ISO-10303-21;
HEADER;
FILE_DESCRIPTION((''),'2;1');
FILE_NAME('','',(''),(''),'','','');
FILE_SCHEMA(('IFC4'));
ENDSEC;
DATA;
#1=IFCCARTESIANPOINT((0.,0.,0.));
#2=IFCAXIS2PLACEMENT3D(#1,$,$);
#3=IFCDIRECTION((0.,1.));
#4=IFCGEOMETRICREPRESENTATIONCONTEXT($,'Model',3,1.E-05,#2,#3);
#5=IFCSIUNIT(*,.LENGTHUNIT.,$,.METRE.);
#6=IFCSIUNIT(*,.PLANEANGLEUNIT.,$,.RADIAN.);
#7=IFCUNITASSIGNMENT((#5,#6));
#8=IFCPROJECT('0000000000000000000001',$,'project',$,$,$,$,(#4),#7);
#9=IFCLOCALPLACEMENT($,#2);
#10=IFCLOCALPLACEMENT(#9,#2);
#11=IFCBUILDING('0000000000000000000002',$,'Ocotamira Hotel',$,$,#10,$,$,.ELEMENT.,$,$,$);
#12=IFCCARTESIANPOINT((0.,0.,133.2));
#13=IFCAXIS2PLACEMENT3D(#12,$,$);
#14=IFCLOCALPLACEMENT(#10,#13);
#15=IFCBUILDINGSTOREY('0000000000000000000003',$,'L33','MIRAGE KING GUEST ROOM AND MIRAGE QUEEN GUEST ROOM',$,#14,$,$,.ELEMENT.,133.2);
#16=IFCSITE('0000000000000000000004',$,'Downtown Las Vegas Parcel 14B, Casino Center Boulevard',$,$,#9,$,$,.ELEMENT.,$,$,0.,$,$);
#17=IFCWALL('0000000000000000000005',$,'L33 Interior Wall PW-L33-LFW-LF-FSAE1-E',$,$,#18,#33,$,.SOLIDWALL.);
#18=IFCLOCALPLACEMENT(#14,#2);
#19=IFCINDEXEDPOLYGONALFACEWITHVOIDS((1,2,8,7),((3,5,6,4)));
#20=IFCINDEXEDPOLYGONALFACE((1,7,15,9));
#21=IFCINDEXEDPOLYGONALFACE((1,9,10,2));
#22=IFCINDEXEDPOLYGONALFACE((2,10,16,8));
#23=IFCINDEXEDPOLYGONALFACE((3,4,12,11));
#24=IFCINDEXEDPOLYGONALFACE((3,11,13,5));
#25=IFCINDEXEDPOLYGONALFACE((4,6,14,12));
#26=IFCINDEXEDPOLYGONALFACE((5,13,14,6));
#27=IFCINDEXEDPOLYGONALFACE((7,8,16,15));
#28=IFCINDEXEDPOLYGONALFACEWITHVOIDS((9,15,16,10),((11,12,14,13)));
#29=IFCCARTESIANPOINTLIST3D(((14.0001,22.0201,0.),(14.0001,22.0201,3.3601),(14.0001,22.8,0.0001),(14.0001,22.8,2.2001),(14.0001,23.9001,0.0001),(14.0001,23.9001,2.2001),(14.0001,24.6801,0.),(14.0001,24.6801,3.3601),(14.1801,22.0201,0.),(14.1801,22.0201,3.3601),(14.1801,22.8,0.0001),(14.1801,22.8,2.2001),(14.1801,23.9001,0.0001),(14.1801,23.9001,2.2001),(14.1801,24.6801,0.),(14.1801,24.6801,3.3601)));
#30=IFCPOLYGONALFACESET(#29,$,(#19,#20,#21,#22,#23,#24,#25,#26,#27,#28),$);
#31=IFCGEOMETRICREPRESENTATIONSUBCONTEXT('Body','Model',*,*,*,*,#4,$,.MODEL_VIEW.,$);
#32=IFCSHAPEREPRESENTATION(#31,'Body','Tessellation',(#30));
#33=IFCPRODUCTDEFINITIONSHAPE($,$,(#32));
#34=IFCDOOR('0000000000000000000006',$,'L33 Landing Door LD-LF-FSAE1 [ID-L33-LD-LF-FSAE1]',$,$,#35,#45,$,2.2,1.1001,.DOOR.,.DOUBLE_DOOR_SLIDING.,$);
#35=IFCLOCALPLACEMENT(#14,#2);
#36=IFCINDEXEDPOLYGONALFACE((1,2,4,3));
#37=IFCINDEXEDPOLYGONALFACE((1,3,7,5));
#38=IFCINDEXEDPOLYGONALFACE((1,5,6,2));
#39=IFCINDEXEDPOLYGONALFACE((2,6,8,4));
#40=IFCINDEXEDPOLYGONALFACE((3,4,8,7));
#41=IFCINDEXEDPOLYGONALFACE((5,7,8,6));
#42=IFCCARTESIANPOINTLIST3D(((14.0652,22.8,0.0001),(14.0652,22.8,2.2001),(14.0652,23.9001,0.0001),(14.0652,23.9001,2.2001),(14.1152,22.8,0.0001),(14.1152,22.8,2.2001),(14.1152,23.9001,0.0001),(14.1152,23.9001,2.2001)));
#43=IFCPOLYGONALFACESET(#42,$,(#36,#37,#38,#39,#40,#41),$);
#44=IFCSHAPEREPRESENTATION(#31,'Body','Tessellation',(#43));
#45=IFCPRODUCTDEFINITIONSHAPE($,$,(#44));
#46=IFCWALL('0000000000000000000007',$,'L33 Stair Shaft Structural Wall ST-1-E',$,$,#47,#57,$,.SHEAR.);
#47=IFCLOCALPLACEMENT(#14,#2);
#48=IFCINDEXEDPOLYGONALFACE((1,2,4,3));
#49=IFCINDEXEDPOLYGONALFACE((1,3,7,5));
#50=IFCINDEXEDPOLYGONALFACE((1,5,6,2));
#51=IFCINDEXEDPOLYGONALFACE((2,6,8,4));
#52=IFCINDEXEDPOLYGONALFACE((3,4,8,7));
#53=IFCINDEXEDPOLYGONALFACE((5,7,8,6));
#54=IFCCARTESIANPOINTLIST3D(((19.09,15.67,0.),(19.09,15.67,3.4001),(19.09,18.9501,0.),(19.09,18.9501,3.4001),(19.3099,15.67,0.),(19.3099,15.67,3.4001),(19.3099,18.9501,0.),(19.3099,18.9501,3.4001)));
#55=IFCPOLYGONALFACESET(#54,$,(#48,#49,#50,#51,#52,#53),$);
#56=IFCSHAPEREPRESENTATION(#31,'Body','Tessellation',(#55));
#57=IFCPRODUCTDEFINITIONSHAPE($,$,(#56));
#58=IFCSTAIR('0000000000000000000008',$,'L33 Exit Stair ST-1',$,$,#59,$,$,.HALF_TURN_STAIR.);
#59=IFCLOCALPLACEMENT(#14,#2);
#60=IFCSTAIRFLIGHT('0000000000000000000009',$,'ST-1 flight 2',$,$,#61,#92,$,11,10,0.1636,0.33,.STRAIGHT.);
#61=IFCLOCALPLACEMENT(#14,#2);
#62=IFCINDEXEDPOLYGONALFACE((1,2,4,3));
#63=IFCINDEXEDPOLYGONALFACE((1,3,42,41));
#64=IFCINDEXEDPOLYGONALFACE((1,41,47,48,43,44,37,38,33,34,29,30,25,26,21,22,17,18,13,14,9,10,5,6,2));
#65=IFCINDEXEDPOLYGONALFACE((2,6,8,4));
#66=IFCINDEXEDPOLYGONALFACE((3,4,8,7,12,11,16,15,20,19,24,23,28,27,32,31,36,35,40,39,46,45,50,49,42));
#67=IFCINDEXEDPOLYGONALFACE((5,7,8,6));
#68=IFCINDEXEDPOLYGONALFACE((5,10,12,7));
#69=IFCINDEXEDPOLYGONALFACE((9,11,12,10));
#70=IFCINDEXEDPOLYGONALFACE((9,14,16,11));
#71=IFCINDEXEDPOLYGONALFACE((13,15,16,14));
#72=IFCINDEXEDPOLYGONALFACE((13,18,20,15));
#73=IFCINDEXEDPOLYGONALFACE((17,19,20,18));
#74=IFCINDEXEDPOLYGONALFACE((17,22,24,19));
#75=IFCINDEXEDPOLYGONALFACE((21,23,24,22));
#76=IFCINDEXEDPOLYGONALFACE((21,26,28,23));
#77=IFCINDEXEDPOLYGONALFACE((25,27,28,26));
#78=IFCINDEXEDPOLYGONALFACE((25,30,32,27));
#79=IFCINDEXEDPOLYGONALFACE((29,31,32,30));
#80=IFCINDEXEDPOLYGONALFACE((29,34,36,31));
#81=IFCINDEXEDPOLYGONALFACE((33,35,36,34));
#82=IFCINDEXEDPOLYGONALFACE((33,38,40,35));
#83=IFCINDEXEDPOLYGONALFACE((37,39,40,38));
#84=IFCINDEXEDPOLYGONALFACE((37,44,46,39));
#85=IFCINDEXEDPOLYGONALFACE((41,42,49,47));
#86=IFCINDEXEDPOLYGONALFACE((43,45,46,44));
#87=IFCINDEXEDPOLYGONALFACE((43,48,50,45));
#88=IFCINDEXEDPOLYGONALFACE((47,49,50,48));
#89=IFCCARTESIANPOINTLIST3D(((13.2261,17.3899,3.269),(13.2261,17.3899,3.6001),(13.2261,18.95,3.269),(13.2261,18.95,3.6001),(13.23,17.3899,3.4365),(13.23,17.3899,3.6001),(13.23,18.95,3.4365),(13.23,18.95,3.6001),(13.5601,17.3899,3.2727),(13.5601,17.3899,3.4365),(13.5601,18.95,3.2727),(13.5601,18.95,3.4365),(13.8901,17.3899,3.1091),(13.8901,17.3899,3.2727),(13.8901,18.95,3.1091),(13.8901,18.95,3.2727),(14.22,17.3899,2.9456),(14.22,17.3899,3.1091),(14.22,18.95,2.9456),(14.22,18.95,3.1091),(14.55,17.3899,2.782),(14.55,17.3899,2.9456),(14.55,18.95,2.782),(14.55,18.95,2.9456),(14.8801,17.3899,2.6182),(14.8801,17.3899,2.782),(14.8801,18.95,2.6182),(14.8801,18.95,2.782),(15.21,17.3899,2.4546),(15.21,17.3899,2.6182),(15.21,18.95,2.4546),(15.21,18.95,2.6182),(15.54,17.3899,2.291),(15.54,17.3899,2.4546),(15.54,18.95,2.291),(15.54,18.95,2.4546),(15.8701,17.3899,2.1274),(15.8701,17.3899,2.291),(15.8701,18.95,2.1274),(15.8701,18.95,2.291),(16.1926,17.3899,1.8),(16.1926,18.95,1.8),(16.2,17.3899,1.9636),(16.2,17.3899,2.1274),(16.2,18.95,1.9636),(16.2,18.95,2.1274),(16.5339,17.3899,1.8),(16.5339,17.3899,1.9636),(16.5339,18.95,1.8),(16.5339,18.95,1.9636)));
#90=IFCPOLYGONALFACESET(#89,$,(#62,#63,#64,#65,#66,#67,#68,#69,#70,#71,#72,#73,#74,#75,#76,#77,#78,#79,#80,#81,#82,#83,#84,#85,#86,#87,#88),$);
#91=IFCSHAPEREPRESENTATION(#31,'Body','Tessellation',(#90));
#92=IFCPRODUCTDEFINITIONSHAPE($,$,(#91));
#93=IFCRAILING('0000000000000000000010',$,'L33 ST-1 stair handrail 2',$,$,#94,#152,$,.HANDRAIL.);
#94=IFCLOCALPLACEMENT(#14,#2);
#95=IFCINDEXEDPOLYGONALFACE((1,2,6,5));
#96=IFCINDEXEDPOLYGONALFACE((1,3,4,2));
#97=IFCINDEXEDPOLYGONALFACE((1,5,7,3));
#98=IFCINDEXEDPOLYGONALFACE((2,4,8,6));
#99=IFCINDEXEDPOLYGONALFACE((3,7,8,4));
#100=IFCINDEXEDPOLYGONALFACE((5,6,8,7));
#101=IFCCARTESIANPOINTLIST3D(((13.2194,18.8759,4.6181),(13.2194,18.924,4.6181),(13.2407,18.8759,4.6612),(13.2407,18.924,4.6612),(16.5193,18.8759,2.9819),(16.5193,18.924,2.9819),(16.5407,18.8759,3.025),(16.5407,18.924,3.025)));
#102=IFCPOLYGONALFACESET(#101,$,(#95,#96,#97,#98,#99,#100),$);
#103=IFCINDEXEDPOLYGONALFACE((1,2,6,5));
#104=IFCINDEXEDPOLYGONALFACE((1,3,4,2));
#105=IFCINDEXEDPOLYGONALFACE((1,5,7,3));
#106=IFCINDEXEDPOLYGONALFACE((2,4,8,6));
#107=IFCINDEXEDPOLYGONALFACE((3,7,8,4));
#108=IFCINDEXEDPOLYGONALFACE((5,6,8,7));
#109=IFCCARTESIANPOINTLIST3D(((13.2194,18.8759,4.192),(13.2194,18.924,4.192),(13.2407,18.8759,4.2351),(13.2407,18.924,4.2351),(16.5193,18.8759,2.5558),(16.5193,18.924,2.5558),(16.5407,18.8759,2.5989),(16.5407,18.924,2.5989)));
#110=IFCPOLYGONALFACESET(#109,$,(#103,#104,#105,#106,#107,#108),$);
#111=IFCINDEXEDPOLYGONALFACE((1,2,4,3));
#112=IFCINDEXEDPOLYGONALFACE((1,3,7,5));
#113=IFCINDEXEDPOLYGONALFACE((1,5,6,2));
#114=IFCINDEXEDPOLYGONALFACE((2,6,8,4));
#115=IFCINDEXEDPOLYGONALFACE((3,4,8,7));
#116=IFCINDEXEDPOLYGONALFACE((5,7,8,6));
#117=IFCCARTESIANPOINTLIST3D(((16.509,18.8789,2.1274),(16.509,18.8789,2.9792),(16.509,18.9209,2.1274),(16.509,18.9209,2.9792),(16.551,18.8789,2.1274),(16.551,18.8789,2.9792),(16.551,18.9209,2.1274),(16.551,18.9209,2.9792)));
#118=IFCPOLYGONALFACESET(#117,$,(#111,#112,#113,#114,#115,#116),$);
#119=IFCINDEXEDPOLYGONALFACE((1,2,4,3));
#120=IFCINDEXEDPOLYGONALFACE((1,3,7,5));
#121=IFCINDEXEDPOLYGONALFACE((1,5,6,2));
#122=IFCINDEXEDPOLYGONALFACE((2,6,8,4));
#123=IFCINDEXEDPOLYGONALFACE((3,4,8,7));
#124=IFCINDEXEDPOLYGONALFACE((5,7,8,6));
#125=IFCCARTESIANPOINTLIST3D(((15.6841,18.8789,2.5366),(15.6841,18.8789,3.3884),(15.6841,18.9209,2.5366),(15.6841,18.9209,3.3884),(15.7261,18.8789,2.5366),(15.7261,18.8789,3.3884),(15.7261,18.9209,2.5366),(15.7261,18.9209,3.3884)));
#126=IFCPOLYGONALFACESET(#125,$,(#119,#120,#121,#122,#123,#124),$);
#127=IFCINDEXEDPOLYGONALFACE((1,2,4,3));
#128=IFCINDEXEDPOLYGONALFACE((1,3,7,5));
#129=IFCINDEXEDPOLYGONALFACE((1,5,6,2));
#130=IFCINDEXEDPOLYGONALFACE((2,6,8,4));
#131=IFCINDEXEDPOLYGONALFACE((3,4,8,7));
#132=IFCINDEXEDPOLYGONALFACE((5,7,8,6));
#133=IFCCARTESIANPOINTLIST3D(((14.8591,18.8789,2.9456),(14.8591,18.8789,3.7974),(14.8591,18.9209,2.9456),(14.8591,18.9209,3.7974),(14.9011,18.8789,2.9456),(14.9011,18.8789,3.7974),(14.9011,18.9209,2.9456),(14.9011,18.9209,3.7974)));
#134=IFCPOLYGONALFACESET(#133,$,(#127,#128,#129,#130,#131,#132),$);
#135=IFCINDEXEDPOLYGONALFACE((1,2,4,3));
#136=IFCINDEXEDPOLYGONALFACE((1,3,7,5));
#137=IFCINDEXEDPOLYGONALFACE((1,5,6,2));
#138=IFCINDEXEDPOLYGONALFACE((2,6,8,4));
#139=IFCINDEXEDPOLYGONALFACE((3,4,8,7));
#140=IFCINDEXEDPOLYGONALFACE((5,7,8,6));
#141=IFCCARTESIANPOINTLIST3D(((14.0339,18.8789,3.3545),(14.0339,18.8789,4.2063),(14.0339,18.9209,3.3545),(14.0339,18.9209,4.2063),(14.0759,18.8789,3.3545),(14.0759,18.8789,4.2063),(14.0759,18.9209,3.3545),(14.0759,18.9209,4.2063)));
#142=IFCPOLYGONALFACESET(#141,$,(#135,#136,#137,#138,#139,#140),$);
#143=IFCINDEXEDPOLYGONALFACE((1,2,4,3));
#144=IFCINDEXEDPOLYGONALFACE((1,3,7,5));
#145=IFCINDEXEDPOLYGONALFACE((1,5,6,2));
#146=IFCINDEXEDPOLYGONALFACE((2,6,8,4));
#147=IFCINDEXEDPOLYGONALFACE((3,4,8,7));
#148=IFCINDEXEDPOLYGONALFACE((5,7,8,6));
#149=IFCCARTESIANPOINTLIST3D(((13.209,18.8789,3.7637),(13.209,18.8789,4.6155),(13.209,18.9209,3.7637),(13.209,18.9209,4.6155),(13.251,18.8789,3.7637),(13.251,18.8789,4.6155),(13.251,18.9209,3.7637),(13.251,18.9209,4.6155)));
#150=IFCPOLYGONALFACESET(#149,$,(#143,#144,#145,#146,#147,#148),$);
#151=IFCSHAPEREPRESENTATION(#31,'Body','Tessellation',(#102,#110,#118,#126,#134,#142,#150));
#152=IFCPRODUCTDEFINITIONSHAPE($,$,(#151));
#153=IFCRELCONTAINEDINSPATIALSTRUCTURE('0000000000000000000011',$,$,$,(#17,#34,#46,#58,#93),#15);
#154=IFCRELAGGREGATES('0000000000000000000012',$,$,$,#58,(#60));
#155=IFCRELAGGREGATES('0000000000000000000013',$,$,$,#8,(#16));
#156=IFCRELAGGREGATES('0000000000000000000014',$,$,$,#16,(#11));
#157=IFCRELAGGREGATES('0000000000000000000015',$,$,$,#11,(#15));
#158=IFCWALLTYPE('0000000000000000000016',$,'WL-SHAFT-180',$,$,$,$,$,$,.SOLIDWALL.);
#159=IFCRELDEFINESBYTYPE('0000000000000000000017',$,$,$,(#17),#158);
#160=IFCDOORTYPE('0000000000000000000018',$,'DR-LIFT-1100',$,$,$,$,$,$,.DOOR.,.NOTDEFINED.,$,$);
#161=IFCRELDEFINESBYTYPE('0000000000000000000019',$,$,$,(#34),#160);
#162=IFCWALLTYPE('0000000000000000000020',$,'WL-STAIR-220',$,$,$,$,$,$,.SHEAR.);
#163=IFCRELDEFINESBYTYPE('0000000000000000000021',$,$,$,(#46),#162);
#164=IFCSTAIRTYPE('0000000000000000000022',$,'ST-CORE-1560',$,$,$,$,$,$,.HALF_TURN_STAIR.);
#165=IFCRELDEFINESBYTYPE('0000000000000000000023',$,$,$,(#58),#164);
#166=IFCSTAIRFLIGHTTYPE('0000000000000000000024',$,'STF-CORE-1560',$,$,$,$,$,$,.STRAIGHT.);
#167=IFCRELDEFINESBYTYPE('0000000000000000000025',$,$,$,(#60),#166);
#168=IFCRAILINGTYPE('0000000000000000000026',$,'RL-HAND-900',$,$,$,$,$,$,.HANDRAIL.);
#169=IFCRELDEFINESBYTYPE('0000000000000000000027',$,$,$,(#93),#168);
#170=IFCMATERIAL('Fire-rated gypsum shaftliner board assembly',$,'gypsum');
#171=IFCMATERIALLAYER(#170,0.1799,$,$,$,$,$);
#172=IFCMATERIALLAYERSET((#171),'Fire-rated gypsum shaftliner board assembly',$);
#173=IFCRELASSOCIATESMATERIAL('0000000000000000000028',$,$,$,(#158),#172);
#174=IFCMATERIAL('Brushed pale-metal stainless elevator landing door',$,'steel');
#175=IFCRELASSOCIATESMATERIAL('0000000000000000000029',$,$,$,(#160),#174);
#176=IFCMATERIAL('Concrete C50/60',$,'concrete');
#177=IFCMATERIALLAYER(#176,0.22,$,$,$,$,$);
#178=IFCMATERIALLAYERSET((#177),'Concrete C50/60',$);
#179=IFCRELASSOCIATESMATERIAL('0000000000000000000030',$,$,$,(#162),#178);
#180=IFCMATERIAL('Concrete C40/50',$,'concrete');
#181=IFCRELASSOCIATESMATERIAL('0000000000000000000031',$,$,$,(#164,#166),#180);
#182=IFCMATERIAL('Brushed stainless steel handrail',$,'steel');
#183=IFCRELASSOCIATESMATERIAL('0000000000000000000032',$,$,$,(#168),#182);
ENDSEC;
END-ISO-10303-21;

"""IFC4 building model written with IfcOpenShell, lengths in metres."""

from ifc_helpers import new_model, si_unit, direction, frame, frame_2d, origin, origin_2d, place, context, subcontext, project, spatial, polyline, rectangle, outline, extrude, source, transform, mapped, material, layer, layer_set, type_object, element, fill, aggregate, save


model = new_model("IFC4")

# Units and contexts
model_context = context("Model", 3, precision=1e-05, world=origin(), true_north=direction((0.0, 1.0)))
body_context = subcontext(model_context, "Body", "Model", "MODEL_VIEW")
ifc_project = project(units=[si_unit("LENGTHUNIT", "METRE"), si_unit("PLANEANGLEUNIT", "RADIAN")], contexts=[model_context])

# Site, building, storey
site_placement = place(None, origin())
site = spatial("IfcSite", under=ifc_project, at=site_placement, Name="Downtown Las Vegas Parcel 14B, Casino Center Boulevard", CompositionType="ELEMENT", RefElevation=0.0)
building_placement = place(site_placement, origin())
building = spatial("IfcBuilding", under=site, at=building_placement, Name="Ocotamira Hotel", CompositionType="ELEMENT")
storey_placement = place(building_placement, frame((0.0, 0.0, 133.2)))
storey = spatial("IfcBuildingStorey", under=building, at=storey_placement, Name="L33", Description="MIRAGE KING GUEST ROOM AND MIRAGE QUEEN GUEST ROOM", CompositionType="ELEMENT", Elevation=133.2)

# Shared definitions
ifc_material_1 = material(Name="Fire-rated gypsum shaftliner board assembly", Category="gypsum")
ifc_layer_1 = layer(ifc_material_1, 0.1799)
ifc_layer_set_1 = layer_set([ifc_layer_1], Name="Fire-rated gypsum shaftliner board assembly")
wall_type_1 = type_object("IfcWallType", Name="WL-SHAFT-180", PredefinedType="SOLIDWALL", material=ifc_layer_set_1)

# Wall, opening, door
wall_1_placement = place(storey_placement, frame((14.0901, 22.02, 0.0), z_axis=(0.0, 0.0, 1.0), x_axis=(0.0, 1.0, 0.0)))
wall_1 = element("IfcWall", 1, at=wall_1_placement, inside=storey, type_object=wall_type_1, Name="L33 Interior Wall PW-L33-LFW-LF-FSAE1-E", PredefinedType="SOLIDWALL", context=body_context, shape_type="SweptSolid", body=[
    extrude(rectangle(XDim=2.6599, YDim=0.1799, at=frame_2d((1.3301, 0.0))), origin(), (0.0, 0.0, 1.0), 3.3601),
])
opening_1_placement = place(wall_1_placement, frame((0.78, 0.0, 0.0)))
opening_1 = element("IfcOpeningElement", 2, at=opening_1_placement, cuts=wall_1, PredefinedType="OPENING", context=body_context, shape_type="SweptSolid", body=[
    extrude(rectangle(XDim=1.1001, YDim=2.2, at=frame_2d((0.55, 1.1001))), frame((0.0, 0.1001, 0.0), z_axis=(0.0, -1.0, 0.0), x_axis=(1.0, 0.0, 0.0)), (0.0, 0.0, 1.0), 0.2),
])
ifc_material_2 = material(Name="Brushed pale-metal stainless elevator landing door", Category="steel")
door_type_1 = type_object("IfcDoorType", Name="DR-LIFT-1100", OperationType="NOTDEFINED", PredefinedType="DOOR", material=ifc_material_2)
shared_shape_1 = source(origin(), body_context, "Body", "SweptSolid", [
    extrude(rectangle(XDim=1.1001, YDim=2.2, at=frame_2d((0.55, 1.1001))), frame((0.0, 0.0249, 0.0), z_axis=(0.0, -1.0, 0.0), x_axis=(1.0, 0.0, 0.0)), (0.0, 0.0, 1.0), 0.05),
])
door_1_placement = place(opening_1_placement, origin())
door_1 = element("IfcDoor", 3, at=door_1_placement, inside=storey, type_object=door_type_1, Name="L33 Landing Door LD-LF-FSAE1 [ID-L33-LD-LF-FSAE1]", OperationType="DOUBLE_DOOR_SLIDING", OverallHeight=2.2, OverallWidth=1.1001, PredefinedType="DOOR", context=body_context, shape_type="MappedRepresentation", body=[
    mapped(shared_shape_1, transform((0.0, 0.0, 0.0), scale=1.0)),
])
fill(opening_1, door_1)

# Wall
ifc_material_3 = material(Name="Concrete C50/60", Category="concrete")
ifc_layer_2 = layer(ifc_material_3, 0.22)
ifc_layer_set_2 = layer_set([ifc_layer_2], Name="Concrete C50/60")
wall_type_2 = type_object("IfcWallType", Name="WL-STAIR-220", PredefinedType="SHEAR", material=ifc_layer_set_2)
wall_2_placement = place(storey_placement, frame((19.2, 15.6699, 0.0), z_axis=(0.0, 0.0, 1.0), x_axis=(0.0, 1.0, 0.0)))
element("IfcWall", 4, at=wall_2_placement, inside=storey, type_object=wall_type_2, Name="L33 Stair Shaft Structural Wall ST-1-E", PredefinedType="SHEAR", context=body_context, shape_type="SweptSolid", body=[
    extrude(rectangle(XDim=3.28, YDim=0.22, at=frame_2d((1.6401, 0.0))), origin(), (0.0, 0.0, 1.0), 3.4001),
])

# Stair, stair flight
ifc_material_4 = material(Name="Concrete C40/50", Category="concrete")
stair_type = type_object("IfcStairType", Name="ST-CORE-1560", PredefinedType="HALF_TURN_STAIR", material=ifc_material_4)
stair_placement = place(storey_placement, origin())
stair = element("IfcStair", 5, at=stair_placement, inside=storey, type_object=stair_type, Name="L33 Exit Stair ST-1", PredefinedType="HALF_TURN_STAIR")
stair_flight_type = type_object("IfcStairFlightType", Name="STF-CORE-1560", PredefinedType="STRAIGHT", material=ifc_material_4)
shared_shape_2 = source(origin(), body_context, "Body", "SweptSolid", [
    extrude(outline(polyline([(-0.0039, 0.0), (-0.0039, 0.1636), (0.3301, 0.1636), (0.3301, 0.3274), (0.6599, 0.3274), (0.6599, 0.491), (0.99, 0.491), (0.99, 0.6545), (1.3201, 0.6545), (1.3201, 0.8181), (1.6499, 0.8181), (1.6499, 0.9819), (1.98, 0.9819), (1.98, 1.1455), (2.3101, 1.1455), (2.3101, 1.3091), (2.6399, 1.3091), (2.6399, 1.4727), (2.97, 1.4727), (2.97, 1.6365), (3.3, 1.6365), (3.3, 1.8), (3.304, 1.8), (3.304, 1.469), (0.3374, 0.0), (-0.0039, 0.0)])), frame((0.0, 0.78, 0.0), z_axis=(0.0, -1.0, 0.0), x_axis=(1.0, 0.0, 0.0)), (0.0, 0.0, 1.0), 1.5601),
])
stair_flight_placement = place(storey_placement, frame((16.53, 18.1699, 1.8), z_axis=(0.0, 0.0, 1.0), x_axis=(-1.0, 0.0, 0.0)))
stair_flight = element("IfcStairFlight", 6, at=stair_flight_placement, type_object=stair_flight_type, Name="ST-1 flight 2", NumberOfRisers=11, NumberOfTreads=10, PredefinedType="STRAIGHT", RiserHeight=0.1636, TreadLength=0.33, context=body_context, shape_type="MappedRepresentation", body=[
    mapped(shared_shape_2, transform((0.0, 0.0, 0.0), scale=1.0)),
])
aggregate(stair, [stair_flight])

# Railing
ifc_material_5 = material(Name="Brushed stainless steel handrail", Category="steel")
railing_type_1 = type_object("IfcRailingType", Name="RL-HAND-900", PredefinedType="HANDRAIL", material=ifc_material_5)
railing_1_placement = place(storey_placement, frame((16.53, 18.8999, 2.1274)))
element("IfcRailing", 7, at=railing_1_placement, inside=storey, type_object=railing_type_1, Name="L33 ST-1 stair handrail 2", PredefinedType="HANDRAIL", context=body_context, shape_type="SweptSolid", body=[
    extrude(rectangle(XDim=0.0481, YDim=0.0481, at=origin_2d()), frame((0.0, 0.0, 0.876), z_axis=(-0.89592, 0.0, 0.444215), x_axis=(0.0, -1.0, 0.0)), (0.0, 0.0, 1.0), 3.6833),
    extrude(rectangle(XDim=0.0481, YDim=0.0481, at=origin_2d()), frame((0.0, 0.0, 0.45), z_axis=(-0.89592, 0.0, 0.444215), x_axis=(0.0, -1.0, 0.0)), (0.0, 0.0, 1.0), 3.6833),
    extrude(rectangle(XDim=0.042, YDim=0.042, at=origin_2d()), origin(), (0.0, 0.0, 1.0), 0.8518),
    extrude(rectangle(XDim=0.042, YDim=0.042, at=origin_2d()), frame((-0.825, 0.0, 0.4092)), (0.0, 0.0, 1.0), 0.8518),
    extrude(rectangle(XDim=0.042, YDim=0.042, at=origin_2d()), frame((-1.6499, 0.0, 0.8181)), (0.0, 0.0, 1.0), 0.8518),
    extrude(rectangle(XDim=0.042, YDim=0.042, at=origin_2d()), frame((-2.4751, 0.0, 1.2271)), (0.0, 0.0, 1.0), 0.8518),
    extrude(rectangle(XDim=0.042, YDim=0.042, at=origin_2d()), frame((-3.3, 0.0, 1.6362)), (0.0, 0.0, 1.0), 0.8518),
])

save(model, "model.ifc")
